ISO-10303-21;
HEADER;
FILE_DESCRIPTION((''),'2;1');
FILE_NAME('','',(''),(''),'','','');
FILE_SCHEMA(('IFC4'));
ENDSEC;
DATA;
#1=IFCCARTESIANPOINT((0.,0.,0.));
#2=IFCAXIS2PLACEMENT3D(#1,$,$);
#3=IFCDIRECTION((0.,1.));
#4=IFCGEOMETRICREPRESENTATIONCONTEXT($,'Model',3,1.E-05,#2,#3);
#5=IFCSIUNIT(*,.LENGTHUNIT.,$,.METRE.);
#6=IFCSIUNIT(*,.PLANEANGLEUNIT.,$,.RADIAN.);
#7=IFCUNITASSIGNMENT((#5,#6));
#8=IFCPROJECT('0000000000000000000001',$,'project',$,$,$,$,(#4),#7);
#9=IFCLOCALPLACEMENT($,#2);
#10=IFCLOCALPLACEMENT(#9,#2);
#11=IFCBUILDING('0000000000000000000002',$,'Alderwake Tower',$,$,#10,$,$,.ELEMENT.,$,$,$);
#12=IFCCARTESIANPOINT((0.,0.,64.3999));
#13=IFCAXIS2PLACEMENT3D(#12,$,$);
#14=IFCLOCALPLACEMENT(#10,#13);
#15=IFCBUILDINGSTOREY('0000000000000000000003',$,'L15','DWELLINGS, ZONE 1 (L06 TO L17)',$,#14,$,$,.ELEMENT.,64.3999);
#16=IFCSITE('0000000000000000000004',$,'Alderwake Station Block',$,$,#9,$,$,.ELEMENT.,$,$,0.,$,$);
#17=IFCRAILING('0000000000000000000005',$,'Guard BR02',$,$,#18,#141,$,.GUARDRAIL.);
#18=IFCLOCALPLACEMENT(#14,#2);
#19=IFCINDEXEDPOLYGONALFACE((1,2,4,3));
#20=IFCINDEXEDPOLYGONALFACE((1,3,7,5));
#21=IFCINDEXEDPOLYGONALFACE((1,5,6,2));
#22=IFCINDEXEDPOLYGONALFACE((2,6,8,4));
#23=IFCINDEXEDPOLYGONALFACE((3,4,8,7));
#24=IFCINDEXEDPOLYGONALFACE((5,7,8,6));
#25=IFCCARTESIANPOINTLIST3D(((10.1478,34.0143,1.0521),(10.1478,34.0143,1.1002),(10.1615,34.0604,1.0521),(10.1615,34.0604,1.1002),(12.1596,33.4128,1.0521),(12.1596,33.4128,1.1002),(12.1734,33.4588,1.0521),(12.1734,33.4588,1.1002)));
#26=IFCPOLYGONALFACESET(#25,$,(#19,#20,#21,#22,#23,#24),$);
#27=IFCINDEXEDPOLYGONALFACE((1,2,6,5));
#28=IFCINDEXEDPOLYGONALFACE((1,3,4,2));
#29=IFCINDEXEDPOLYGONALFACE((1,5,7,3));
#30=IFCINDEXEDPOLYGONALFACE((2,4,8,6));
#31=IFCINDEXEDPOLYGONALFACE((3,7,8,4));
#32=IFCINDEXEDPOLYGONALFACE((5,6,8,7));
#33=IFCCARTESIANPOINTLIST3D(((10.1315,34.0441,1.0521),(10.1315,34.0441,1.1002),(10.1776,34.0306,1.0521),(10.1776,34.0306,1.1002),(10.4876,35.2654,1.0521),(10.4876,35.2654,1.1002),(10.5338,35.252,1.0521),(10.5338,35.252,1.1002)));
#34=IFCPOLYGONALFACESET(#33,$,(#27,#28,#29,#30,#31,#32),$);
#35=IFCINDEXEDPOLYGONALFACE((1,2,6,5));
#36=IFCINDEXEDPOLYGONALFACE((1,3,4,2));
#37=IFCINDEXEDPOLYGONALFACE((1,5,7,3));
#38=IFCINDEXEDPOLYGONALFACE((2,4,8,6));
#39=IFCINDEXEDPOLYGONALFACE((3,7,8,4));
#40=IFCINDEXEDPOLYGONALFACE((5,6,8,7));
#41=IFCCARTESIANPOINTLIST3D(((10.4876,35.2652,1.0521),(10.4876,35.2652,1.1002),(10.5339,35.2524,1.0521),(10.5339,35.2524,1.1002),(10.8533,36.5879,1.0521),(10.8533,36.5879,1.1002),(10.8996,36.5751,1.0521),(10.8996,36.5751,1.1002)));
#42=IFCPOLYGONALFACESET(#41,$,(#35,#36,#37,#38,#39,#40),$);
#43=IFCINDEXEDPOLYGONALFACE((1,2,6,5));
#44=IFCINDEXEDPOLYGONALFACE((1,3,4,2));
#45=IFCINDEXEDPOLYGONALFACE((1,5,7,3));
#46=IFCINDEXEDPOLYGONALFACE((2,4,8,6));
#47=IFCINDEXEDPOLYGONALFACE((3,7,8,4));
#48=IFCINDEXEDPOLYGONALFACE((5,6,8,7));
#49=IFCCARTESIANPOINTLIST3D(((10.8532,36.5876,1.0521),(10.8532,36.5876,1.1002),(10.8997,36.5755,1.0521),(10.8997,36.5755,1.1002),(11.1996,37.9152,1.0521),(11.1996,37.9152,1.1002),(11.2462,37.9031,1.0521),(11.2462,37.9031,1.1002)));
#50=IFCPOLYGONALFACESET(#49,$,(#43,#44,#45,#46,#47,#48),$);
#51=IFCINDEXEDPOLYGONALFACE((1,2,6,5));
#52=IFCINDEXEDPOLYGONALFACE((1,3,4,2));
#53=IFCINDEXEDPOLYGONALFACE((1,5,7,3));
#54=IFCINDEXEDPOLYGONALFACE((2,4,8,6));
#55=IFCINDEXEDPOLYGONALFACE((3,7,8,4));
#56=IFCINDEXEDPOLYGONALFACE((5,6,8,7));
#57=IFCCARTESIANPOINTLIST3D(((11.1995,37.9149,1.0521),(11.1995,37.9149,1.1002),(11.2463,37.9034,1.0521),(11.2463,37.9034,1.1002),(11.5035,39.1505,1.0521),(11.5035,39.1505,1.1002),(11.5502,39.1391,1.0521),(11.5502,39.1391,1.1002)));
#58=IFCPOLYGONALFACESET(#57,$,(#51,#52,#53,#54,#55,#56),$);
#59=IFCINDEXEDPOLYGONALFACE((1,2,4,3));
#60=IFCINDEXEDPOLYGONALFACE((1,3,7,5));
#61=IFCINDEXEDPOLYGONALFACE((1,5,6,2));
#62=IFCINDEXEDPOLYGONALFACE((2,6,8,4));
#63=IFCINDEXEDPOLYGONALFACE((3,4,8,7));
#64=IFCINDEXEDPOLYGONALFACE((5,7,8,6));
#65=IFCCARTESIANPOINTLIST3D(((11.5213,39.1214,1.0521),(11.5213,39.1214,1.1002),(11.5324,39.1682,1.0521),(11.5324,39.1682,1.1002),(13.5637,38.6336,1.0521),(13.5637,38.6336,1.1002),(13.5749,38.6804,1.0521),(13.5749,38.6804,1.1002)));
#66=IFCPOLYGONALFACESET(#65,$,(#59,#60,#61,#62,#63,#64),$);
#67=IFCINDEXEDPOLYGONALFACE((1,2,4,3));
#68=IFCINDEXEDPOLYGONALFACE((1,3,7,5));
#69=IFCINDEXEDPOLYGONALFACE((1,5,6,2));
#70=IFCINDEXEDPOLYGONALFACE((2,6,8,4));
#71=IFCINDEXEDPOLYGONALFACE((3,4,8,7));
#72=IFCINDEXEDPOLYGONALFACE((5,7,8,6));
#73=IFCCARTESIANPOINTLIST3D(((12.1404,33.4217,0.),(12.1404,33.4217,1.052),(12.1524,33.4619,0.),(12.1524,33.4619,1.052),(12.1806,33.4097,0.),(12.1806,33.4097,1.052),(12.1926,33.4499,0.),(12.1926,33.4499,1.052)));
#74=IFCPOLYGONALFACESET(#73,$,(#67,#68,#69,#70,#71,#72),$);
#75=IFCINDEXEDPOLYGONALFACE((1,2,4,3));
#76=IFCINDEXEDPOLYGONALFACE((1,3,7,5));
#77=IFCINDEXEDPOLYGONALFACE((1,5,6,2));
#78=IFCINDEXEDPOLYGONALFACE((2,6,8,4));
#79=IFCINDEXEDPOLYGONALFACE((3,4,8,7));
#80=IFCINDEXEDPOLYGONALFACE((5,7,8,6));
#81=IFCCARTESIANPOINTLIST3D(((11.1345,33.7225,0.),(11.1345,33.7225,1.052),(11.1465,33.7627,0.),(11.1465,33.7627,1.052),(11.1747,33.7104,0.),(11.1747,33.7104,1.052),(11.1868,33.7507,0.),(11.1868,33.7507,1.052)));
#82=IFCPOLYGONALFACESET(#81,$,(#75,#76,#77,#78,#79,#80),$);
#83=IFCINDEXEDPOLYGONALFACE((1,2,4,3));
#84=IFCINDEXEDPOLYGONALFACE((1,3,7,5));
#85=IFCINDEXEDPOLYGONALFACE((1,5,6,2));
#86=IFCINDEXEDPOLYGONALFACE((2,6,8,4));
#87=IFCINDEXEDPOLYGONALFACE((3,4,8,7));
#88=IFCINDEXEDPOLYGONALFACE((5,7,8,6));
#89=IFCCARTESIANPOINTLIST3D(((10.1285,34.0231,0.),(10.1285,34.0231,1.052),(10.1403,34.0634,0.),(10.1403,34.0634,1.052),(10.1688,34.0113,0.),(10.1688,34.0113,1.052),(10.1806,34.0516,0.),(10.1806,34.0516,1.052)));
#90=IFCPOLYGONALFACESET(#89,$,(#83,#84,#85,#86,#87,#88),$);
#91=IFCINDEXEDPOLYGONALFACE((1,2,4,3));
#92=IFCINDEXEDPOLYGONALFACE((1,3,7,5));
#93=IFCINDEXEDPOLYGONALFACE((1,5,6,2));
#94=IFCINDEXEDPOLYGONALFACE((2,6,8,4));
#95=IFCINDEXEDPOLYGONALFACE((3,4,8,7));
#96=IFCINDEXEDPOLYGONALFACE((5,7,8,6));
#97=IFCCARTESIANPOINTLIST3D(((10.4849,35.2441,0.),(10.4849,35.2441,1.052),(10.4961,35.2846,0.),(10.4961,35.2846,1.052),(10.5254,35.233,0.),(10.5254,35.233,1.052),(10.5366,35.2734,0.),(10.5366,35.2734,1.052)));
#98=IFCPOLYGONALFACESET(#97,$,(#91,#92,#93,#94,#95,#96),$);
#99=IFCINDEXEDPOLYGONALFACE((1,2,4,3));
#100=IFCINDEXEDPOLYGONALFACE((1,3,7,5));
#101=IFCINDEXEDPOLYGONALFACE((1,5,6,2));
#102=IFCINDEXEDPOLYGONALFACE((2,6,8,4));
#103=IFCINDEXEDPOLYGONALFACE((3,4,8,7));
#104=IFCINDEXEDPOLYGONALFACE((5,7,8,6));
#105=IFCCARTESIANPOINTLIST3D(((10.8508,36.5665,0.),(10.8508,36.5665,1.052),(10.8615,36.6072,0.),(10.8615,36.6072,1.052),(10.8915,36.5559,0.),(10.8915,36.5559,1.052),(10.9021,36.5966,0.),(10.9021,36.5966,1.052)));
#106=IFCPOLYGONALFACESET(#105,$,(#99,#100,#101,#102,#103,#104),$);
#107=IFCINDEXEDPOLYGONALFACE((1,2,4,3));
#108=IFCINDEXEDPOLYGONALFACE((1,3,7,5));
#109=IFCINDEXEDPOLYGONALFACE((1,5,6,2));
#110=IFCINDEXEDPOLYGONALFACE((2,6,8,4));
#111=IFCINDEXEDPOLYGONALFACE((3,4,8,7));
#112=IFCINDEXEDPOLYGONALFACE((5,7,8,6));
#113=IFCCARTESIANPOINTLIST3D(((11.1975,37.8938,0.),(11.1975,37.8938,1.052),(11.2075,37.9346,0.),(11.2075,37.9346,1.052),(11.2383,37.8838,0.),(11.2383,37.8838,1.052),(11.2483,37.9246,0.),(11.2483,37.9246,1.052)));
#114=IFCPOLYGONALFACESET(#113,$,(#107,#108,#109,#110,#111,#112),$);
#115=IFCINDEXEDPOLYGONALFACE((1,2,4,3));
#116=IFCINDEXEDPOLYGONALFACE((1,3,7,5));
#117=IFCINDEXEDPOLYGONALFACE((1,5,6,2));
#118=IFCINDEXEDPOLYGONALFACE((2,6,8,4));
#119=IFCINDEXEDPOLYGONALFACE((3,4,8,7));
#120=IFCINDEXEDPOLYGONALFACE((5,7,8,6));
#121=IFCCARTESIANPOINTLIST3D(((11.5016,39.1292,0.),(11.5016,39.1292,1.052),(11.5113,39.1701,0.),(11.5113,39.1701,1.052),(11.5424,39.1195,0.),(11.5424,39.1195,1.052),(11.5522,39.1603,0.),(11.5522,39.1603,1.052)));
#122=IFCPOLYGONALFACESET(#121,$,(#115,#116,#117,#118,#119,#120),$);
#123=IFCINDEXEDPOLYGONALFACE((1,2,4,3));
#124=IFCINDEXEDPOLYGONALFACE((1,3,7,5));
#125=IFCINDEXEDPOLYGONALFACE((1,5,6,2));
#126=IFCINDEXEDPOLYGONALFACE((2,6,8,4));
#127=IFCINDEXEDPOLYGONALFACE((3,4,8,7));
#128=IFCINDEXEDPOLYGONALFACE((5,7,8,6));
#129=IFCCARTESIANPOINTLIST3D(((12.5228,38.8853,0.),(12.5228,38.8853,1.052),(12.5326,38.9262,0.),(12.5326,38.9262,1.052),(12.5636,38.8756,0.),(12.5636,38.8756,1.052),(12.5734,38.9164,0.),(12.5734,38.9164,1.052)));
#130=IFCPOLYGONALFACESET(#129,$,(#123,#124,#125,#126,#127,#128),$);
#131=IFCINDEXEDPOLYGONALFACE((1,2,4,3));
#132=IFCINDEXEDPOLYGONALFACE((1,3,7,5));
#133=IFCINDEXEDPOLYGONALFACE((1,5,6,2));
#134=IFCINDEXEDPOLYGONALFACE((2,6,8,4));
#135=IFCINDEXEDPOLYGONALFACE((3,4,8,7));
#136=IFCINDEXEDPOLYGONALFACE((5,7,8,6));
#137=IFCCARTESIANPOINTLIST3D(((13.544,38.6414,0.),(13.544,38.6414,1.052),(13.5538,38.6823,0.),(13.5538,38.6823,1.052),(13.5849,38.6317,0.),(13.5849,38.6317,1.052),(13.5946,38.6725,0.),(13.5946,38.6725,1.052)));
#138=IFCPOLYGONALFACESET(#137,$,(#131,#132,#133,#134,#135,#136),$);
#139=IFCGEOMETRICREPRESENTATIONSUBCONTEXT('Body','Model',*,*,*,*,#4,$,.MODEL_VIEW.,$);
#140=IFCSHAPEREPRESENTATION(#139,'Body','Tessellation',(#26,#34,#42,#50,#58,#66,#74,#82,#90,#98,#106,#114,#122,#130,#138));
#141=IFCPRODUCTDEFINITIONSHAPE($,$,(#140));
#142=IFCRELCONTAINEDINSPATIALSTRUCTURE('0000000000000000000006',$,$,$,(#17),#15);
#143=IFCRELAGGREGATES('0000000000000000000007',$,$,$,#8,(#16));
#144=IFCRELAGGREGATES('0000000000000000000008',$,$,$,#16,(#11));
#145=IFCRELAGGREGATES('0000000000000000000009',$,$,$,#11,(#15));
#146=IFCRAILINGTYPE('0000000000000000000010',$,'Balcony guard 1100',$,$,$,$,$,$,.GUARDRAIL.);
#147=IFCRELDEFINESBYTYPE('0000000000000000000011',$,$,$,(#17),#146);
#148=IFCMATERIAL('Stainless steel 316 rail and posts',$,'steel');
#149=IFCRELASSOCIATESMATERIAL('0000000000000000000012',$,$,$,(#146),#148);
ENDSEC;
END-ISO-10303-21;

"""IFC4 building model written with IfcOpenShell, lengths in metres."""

from ifc_helpers import new_model, si_unit, direction, frame, origin, origin_2d, place, context, subcontext, project, spatial, rectangle, extrude, material, type_object, element, save


model = new_model("IFC4")

# Units and contexts
model_context = context("Model", 3, precision=1e-05, world=origin(), true_north=direction((0.0, 1.0)))
body_context = subcontext(model_context, "Body", "Model", "MODEL_VIEW")
ifc_project = project(units=[si_unit("LENGTHUNIT", "METRE"), si_unit("PLANEANGLEUNIT", "RADIAN")], contexts=[model_context])

# Site, building, storey
site_placement = place(None, origin())
site = spatial("IfcSite", under=ifc_project, at=site_placement, Name="Alderwake Station Block", CompositionType="ELEMENT", RefElevation=0.0)
building_placement = place(site_placement, origin())
building = spatial("IfcBuilding", under=site, at=building_placement, Name="Alderwake Tower", CompositionType="ELEMENT")
storey_placement = place(building_placement, frame((0.0, 0.0, 64.3999)))
storey = spatial("IfcBuildingStorey", under=building, at=storey_placement, Name="L15", Description="DWELLINGS, ZONE 1 (L06 TO L17)", CompositionType="ELEMENT", Elevation=64.3999)

# Railing
ifc_material_1 = material(Name="Stainless steel 316 rail and posts", Category="steel")
railing_type = type_object("IfcRailingType", Name="Balcony guard 1100", PredefinedType="GUARDRAIL", material=ifc_material_1)
railing_1_placement = place(storey_placement, frame((12.1665, 33.4358, 0.0)))
element("IfcRailing", 1, at=railing_1_placement, inside=storey, type_object=railing_type, Name="Guard BR02", PredefinedType="GUARDRAIL", context=body_context, shape_type="SweptSolid", body=[
    extrude(rectangle(XDim=0.0481, YDim=0.0481, at=origin_2d()), frame((0.0, 0.0, 1.0762), z_axis=(-0.958091, 0.286462, 0.0), x_axis=(-0.286462, -0.958091, 0.0)), (0.0, 0.0, 1.0), 2.0999),
    extrude(rectangle(XDim=0.0481, YDim=0.0481, at=origin_2d()), frame((-2.012, 0.6016, 1.0762), z_axis=(0.279963, 0.960011, 0.0), x_axis=(-0.960011, 0.279963, 0.0)), (0.0, 0.0, 1.0), 1.2722),
    extrude(rectangle(XDim=0.0481, YDim=0.0481, at=origin_2d()), frame((-1.6558, 1.823, 1.0762), z_axis=(0.266488, 0.963838, 0.0), x_axis=(-0.963838, 0.266488, 0.0)), (0.0, 0.0, 1.0), 1.3723),
    extrude(rectangle(XDim=0.0481, YDim=0.0481, at=origin_2d()), frame((-1.29, 3.1458, 1.0762), z_axis=(0.252487, 0.9676, 0.0), x_axis=(-0.9676, 0.252487, 0.0)), (0.0, 0.0, 1.0), 1.3721),
    extrude(rectangle(XDim=0.0481, YDim=0.0481, at=origin_2d()), frame((-0.9436, 4.4734, 1.0762), z_axis=(0.238877, 0.97105, 0.0), x_axis=(-0.97105, 0.238877, 0.0)), (0.0, 0.0, 1.0), 1.2725),
    extrude(rectangle(XDim=0.0481, YDim=0.0481, at=origin_2d()), frame((-0.6396, 5.709, 1.0762), z_axis=(0.972646, -0.232291, 0.0), x_axis=(0.232291, 0.972646, 0.0)), (0.0, 0.0, 1.0), 2.0999),
    extrude(rectangle(XDim=0.042, YDim=0.042, at=origin_2d()), frame((0.0, 0.0, 0.0), z_axis=(0.0, 0.0, 1.0), x_axis=(-0.958091, 0.286462, 0.0)), (0.0, 0.0, 1.0), 1.052),
    extrude(rectangle(XDim=0.042, YDim=0.042, at=origin_2d()), frame((-1.0059, 0.3008, 0.0), z_axis=(0.0, 0.0, 1.0), x_axis=(-0.958091, 0.286462, 0.0)), (0.0, 0.0, 1.0), 1.052),
    extrude(rectangle(XDim=0.042, YDim=0.042, at=origin_2d()), frame((-2.012, 0.6016, 0.0), z_axis=(0.0, 0.0, 1.0), x_axis=(0.279963, 0.960011, 0.0)), (0.0, 0.0, 1.0), 1.052),
    extrude(rectangle(XDim=0.042, YDim=0.042, at=origin_2d()), frame((-1.6558, 1.823, 0.0), z_axis=(0.0, 0.0, 1.0), x_axis=(0.266488, 0.963838, 0.0)), (0.0, 0.0, 1.0), 1.052),
    extrude(rectangle(XDim=0.042, YDim=0.042, at=origin_2d()), frame((-1.29, 3.1458, 0.0), z_axis=(0.0, 0.0, 1.0), x_axis=(0.252487, 0.9676, 0.0)), (0.0, 0.0, 1.0), 1.052),
    extrude(rectangle(XDim=0.042, YDim=0.042, at=origin_2d()), frame((-0.9436, 4.4734, 0.0), z_axis=(0.0, 0.0, 1.0), x_axis=(0.238877, 0.97105, 0.0)), (0.0, 0.0, 1.0), 1.052),
    extrude(rectangle(XDim=0.042, YDim=0.042, at=origin_2d()), frame((-0.6396, 5.709, 0.0), z_axis=(0.0, 0.0, 1.0), x_axis=(0.972646, -0.232291, 0.0)), (0.0, 0.0, 1.0), 1.052),
    extrude(rectangle(XDim=0.042, YDim=0.042, at=origin_2d()), frame((0.3816, 5.4651, 0.0), z_axis=(0.0, 0.0, 1.0), x_axis=(0.972646, -0.232291, 0.0)), (0.0, 0.0, 1.0), 1.052),
    extrude(rectangle(XDim=0.042, YDim=0.042, at=origin_2d()), frame((1.4028, 5.2212, 0.0), z_axis=(0.0, 0.0, 1.0), x_axis=(0.972646, -0.232291, 0.0)), (0.0, 0.0, 1.0), 1.052),
])

save(model, "model.ifc")
